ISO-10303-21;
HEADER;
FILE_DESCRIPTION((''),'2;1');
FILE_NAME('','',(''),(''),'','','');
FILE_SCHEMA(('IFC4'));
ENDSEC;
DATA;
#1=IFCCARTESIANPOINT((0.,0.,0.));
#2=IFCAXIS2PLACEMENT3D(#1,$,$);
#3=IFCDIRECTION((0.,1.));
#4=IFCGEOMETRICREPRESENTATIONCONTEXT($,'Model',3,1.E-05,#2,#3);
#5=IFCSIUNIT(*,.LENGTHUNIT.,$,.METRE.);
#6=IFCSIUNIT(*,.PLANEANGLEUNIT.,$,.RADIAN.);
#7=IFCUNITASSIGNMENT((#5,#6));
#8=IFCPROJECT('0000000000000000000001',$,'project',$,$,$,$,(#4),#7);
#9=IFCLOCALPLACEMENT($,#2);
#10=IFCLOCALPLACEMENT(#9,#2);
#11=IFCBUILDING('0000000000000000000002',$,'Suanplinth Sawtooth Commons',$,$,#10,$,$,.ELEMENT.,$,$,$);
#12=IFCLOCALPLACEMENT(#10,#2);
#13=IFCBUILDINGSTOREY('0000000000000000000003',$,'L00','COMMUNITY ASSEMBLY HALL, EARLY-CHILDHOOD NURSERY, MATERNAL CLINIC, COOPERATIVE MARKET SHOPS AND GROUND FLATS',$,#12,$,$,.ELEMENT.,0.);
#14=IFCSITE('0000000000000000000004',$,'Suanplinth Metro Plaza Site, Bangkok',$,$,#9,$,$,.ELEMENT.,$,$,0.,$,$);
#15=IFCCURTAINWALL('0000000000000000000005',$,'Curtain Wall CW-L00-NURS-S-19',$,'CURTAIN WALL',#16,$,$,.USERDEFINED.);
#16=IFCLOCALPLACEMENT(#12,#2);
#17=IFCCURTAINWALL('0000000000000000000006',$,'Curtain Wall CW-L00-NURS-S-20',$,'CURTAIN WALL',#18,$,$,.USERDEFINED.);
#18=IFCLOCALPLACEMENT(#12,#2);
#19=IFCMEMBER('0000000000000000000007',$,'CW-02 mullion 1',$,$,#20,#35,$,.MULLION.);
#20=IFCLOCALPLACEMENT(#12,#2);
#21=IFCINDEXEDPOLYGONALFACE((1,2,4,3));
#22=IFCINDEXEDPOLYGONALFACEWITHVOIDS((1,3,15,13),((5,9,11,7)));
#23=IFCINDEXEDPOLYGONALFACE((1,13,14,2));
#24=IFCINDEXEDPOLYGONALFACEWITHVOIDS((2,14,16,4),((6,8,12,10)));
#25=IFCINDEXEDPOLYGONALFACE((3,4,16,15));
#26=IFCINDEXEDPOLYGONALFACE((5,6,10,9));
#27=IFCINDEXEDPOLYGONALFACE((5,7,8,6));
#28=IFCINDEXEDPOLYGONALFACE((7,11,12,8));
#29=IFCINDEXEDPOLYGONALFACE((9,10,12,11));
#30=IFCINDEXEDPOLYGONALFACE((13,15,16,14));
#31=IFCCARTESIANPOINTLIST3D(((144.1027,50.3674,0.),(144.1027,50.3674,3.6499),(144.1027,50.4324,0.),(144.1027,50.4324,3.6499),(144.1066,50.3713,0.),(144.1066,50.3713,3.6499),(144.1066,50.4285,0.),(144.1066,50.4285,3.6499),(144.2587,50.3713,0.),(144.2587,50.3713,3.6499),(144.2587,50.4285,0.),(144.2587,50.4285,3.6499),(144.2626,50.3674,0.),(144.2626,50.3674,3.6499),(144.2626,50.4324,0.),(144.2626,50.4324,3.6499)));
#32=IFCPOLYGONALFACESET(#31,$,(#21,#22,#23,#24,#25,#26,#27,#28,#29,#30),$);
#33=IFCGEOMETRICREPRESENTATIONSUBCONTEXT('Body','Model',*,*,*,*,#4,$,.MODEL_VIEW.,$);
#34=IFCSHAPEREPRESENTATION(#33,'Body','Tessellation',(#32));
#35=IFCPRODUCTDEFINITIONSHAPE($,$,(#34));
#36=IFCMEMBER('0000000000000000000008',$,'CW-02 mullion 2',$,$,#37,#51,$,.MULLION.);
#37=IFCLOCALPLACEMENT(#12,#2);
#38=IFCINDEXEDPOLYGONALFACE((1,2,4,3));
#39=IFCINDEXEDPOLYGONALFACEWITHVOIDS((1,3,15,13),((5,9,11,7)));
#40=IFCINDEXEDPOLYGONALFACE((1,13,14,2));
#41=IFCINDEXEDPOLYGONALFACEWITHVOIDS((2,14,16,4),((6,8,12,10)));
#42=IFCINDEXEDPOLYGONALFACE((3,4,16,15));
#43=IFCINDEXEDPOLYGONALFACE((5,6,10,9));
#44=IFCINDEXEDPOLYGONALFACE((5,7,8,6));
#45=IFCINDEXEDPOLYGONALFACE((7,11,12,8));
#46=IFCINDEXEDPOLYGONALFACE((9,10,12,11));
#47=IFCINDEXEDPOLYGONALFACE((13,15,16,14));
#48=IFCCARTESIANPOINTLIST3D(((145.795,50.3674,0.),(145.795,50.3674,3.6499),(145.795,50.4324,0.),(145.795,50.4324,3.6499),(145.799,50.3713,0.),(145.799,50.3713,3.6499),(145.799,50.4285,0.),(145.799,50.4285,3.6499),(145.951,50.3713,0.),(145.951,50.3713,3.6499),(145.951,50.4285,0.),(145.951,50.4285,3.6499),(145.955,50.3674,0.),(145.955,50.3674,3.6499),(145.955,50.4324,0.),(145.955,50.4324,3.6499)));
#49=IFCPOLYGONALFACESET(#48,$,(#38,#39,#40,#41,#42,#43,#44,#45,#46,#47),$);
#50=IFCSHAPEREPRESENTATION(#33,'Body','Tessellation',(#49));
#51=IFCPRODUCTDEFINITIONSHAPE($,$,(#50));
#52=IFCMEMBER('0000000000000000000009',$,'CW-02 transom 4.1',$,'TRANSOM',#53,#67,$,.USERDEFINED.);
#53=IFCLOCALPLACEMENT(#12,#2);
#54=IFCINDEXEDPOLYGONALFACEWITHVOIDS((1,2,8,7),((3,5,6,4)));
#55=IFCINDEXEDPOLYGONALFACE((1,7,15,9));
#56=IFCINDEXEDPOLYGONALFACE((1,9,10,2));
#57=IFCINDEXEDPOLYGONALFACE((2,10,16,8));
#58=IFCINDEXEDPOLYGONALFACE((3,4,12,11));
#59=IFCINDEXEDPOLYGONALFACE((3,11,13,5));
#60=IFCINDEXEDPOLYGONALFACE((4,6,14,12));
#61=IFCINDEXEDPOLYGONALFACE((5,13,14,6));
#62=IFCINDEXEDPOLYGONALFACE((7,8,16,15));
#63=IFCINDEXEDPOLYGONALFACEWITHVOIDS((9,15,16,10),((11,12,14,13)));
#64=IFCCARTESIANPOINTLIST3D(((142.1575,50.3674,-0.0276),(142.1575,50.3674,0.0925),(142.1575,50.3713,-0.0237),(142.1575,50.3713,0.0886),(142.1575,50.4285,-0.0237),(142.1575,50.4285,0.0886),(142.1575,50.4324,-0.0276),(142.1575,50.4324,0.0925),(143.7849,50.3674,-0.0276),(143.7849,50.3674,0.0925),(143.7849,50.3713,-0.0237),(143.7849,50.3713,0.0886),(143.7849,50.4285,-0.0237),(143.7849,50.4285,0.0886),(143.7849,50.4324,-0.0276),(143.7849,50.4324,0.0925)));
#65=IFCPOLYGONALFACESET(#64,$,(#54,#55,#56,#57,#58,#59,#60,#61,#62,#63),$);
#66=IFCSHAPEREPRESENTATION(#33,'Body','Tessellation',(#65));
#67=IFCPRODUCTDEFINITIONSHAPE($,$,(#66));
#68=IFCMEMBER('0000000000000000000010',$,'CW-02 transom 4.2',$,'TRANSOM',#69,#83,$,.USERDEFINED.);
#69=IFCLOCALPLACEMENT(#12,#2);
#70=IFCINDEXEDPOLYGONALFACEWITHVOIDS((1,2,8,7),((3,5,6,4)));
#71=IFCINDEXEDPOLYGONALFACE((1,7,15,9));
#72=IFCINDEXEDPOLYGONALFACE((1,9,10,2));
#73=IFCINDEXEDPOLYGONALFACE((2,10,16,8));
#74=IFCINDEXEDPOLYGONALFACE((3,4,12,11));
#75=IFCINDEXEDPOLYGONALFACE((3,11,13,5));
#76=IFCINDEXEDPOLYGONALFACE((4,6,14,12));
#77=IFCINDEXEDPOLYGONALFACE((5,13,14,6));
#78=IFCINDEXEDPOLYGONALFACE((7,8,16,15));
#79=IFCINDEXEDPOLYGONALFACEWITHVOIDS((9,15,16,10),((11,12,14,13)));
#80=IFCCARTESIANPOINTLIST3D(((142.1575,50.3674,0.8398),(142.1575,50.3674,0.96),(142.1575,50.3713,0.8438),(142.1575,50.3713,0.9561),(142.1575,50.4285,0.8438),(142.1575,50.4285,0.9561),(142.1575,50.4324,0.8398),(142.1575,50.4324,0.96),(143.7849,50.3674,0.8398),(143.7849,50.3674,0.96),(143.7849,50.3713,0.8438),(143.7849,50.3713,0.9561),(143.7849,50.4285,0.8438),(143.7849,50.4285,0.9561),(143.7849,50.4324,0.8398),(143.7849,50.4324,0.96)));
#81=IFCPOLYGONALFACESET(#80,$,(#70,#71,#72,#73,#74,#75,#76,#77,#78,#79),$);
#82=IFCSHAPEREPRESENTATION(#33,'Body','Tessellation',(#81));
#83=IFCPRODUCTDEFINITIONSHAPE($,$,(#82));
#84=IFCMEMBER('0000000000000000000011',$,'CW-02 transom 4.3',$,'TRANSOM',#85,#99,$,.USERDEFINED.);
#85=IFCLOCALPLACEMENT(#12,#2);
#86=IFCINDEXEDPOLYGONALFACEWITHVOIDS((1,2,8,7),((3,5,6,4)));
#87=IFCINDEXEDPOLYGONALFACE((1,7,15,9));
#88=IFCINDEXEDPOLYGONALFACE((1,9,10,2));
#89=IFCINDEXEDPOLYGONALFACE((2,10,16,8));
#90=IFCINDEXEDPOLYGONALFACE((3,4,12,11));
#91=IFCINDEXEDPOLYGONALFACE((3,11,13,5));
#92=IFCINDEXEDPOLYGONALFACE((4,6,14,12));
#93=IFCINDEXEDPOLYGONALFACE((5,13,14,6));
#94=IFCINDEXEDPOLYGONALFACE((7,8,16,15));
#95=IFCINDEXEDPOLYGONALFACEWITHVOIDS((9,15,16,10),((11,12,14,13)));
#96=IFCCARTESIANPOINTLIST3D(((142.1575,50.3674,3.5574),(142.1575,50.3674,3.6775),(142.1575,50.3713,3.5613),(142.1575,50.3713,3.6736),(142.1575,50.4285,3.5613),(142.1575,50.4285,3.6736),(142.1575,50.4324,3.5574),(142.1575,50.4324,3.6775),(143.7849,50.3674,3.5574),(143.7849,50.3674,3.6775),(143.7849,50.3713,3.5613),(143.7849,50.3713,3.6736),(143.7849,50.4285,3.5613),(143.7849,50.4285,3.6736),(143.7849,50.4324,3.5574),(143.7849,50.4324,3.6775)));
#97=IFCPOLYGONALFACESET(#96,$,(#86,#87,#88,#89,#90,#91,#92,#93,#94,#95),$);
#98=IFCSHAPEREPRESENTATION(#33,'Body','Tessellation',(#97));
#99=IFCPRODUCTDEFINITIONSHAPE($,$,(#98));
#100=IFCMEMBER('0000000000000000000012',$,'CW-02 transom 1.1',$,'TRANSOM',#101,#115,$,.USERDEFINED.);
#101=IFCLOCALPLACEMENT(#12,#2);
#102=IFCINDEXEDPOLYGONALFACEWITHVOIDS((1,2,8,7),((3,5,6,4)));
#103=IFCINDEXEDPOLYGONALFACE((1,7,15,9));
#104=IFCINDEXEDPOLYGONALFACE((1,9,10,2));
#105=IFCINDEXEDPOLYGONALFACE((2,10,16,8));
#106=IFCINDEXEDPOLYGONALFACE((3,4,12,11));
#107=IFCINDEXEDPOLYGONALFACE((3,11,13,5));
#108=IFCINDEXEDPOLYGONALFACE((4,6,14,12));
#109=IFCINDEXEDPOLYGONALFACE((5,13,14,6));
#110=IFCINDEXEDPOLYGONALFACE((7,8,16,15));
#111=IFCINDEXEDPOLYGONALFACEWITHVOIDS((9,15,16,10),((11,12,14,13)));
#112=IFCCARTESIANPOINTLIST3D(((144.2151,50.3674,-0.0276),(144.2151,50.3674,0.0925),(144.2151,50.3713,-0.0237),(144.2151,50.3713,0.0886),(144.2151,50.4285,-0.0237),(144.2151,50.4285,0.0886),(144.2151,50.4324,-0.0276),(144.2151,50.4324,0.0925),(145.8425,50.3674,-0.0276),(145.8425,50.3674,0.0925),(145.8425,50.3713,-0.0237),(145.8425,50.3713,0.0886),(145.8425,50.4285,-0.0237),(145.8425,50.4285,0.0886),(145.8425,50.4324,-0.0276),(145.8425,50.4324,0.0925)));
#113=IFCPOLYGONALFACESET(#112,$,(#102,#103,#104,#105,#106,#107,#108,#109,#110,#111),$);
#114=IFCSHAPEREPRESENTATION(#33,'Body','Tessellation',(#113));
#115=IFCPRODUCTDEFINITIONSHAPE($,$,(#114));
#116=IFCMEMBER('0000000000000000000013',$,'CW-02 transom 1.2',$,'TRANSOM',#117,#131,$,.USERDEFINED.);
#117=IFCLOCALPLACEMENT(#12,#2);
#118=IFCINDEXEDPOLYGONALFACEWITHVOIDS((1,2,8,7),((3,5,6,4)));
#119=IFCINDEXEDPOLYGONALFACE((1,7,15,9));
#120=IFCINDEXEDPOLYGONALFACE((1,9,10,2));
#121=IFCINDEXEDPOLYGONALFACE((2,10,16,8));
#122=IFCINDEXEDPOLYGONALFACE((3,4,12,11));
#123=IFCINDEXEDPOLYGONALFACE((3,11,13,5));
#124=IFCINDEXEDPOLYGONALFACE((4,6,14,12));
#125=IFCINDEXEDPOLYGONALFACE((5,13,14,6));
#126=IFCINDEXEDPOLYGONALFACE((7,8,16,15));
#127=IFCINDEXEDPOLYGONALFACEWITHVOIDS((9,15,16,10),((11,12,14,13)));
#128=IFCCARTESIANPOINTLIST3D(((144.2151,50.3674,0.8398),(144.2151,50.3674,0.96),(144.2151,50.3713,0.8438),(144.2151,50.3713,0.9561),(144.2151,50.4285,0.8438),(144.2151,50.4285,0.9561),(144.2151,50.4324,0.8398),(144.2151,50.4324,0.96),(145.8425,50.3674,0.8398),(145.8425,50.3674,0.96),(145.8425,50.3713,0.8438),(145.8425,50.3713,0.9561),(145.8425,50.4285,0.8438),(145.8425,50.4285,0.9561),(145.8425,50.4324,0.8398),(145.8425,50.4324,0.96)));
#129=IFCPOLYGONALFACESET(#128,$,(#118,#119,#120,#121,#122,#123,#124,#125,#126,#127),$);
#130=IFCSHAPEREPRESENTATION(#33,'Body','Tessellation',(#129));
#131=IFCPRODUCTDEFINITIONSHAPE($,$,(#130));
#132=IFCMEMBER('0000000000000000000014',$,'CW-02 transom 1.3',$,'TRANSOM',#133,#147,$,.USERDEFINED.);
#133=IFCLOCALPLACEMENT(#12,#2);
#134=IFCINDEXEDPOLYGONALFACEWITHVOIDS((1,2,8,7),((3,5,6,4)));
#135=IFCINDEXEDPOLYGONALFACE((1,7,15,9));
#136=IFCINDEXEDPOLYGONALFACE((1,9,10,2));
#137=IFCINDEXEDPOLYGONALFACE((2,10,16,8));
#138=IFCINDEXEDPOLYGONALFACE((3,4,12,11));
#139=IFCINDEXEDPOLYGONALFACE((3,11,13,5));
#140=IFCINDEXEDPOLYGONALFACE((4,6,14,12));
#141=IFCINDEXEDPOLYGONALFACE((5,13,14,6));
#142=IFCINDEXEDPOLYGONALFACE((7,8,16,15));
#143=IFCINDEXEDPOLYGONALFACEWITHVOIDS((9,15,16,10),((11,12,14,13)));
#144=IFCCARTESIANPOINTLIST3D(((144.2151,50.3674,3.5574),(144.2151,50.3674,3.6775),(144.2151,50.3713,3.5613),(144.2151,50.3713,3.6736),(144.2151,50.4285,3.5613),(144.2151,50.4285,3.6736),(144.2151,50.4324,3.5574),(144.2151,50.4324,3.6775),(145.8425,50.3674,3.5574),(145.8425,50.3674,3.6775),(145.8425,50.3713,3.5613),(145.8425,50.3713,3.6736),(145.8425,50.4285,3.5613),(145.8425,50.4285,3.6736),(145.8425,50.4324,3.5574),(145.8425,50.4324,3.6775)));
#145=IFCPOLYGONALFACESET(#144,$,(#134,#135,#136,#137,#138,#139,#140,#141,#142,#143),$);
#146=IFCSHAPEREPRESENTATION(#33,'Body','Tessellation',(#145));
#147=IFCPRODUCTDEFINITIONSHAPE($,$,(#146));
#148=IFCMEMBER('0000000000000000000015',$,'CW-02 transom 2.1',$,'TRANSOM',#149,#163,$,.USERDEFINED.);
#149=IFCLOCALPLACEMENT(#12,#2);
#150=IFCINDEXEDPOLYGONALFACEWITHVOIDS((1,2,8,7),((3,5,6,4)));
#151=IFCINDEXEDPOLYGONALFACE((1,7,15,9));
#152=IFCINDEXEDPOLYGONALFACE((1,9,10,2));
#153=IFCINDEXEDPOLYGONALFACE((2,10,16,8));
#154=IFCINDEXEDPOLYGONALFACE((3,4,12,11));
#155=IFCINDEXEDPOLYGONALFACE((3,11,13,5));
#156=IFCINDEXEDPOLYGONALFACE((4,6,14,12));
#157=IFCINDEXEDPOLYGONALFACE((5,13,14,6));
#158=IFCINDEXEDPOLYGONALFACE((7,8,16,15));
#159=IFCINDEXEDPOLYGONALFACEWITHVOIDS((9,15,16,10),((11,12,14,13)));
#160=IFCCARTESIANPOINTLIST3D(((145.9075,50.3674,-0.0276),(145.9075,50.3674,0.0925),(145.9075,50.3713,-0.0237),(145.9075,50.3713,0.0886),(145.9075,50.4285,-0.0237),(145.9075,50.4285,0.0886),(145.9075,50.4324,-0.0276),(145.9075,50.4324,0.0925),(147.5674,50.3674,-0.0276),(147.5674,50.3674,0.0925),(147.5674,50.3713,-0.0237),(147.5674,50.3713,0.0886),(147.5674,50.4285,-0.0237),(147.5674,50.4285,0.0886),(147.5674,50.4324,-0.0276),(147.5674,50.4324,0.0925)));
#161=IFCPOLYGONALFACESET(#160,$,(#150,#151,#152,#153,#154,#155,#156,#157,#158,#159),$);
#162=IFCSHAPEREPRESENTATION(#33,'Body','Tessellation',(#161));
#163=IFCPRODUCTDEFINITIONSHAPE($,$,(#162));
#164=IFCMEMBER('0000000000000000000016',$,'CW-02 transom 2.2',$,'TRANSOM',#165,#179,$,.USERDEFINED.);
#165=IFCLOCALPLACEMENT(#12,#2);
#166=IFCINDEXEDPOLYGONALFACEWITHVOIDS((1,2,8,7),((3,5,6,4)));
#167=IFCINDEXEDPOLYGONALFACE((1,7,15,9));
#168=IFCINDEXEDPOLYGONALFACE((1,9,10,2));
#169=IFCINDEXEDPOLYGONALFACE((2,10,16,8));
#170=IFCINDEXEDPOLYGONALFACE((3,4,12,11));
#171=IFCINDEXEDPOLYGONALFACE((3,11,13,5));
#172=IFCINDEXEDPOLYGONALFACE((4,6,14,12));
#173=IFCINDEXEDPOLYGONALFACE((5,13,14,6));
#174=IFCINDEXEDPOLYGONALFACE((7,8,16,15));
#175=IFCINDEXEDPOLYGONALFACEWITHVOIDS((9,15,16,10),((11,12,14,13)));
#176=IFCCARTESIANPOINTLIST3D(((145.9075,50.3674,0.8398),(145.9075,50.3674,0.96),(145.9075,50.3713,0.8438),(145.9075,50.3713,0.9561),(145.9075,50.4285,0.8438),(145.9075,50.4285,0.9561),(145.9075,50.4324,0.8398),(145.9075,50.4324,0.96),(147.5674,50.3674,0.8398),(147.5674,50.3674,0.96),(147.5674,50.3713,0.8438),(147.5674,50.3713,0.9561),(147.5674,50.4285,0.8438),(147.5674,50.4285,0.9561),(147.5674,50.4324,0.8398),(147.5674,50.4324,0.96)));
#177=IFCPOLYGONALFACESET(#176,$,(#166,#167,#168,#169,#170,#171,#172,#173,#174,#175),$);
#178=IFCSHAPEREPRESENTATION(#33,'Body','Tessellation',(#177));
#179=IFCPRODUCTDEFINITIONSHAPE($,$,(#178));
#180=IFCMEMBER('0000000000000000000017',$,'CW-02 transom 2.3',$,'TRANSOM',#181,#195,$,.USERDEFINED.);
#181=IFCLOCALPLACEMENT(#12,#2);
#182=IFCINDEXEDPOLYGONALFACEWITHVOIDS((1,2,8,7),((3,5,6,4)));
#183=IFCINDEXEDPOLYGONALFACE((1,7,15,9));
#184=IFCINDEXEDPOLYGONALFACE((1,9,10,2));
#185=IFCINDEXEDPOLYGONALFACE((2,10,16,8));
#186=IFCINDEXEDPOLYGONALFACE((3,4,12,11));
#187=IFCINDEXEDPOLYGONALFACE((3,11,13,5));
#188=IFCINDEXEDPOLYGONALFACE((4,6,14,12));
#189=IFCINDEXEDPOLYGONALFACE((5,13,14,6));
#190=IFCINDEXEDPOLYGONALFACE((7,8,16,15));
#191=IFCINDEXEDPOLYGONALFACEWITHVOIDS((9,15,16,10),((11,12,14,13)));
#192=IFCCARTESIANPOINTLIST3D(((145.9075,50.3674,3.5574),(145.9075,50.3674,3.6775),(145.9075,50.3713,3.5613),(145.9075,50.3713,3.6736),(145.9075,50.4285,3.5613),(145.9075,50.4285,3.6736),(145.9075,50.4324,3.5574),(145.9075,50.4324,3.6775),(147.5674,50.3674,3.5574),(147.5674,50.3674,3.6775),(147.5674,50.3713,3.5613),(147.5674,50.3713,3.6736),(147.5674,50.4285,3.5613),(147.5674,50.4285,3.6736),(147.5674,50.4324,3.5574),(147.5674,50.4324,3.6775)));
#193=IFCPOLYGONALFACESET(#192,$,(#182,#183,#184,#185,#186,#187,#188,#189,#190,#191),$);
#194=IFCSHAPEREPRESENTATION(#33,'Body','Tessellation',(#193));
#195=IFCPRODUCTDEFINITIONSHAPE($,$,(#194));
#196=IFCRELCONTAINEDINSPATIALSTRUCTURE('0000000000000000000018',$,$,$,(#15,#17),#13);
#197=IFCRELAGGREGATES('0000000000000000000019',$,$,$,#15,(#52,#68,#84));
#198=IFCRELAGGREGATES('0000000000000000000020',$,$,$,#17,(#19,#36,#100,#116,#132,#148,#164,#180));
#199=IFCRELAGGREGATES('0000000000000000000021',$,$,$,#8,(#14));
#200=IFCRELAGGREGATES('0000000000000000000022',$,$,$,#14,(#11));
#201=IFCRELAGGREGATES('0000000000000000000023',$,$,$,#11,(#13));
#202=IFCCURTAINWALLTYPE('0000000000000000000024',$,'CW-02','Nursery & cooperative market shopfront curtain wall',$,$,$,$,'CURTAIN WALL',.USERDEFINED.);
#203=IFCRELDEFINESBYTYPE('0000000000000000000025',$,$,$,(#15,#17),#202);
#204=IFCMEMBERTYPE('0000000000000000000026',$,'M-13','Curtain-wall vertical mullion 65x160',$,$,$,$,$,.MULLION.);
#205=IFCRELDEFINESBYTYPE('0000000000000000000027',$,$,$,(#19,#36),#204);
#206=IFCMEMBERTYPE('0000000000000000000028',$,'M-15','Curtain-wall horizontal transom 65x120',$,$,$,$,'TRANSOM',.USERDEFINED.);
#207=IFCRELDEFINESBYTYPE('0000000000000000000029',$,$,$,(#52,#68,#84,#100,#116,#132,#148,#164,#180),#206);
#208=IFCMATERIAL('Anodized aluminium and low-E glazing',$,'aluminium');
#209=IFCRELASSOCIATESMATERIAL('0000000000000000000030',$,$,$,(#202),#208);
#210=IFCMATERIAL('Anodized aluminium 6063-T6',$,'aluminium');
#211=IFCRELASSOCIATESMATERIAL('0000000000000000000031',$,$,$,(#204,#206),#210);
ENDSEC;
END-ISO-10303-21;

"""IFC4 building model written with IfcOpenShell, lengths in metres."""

from ifc_helpers import new_model, si_unit, direction, frame, origin, origin_2d, place, context, subcontext, project, spatial, hollow_rectangle, extrude, material, material_profile, profile_set, type_object, element, aggregate, save


model = new_model("IFC4")

# Units and contexts
model_context = context("Model", 3, precision=1e-05, world=origin(), true_north=direction((0.0, 1.0)))
body_context = subcontext(model_context, "Body", "Model", "MODEL_VIEW")
ifc_project = project(units=[si_unit("LENGTHUNIT", "METRE"), si_unit("PLANEANGLEUNIT", "RADIAN")], contexts=[model_context])

# Site, building, storey
site_placement = place(None, origin())
site = spatial("IfcSite", under=ifc_project, at=site_placement, Name="Suanplinth Metro Plaza Site, Bangkok", CompositionType="ELEMENT", RefElevation=0.0)
building_placement = place(site_placement, origin())
building = spatial("IfcBuilding", under=site, at=building_placement, Name="Suanplinth Sawtooth Commons", CompositionType="ELEMENT")
storey_placement = place(building_placement, origin())
storey = spatial("IfcBuildingStorey", under=building, at=storey_placement, Name="L00", Description="COMMUNITY ASSEMBLY HALL, EARLY-CHILDHOOD NURSERY, MATERNAL CLINIC, COOPERATIVE MARKET SHOPS AND GROUND FLATS", CompositionType="ELEMENT", Elevation=0.0)

# Curtain walls, members
ifc_material_1 = material(Name="Anodized aluminium and low-E glazing", Category="aluminium")
curtain_wall_type = type_object("IfcCurtainWallType", Name="CW-02", Description="Nursery & cooperative market shopfront curtain wall", ElementType="CURTAIN WALL", PredefinedType="USERDEFINED", material=ifc_material_1)
curtain_wall_1_placement = place(storey_placement, origin())
curtain_wall_1 = element("IfcCurtainWall", 1, at=curtain_wall_1_placement, inside=storey, type_object=curtain_wall_type, Name="Curtain Wall CW-L00-NURS-S-19", ObjectType="CURTAIN WALL", PredefinedType="USERDEFINED")
ifc_material_2 = material(Name="Anodized aluminium 6063-T6", Category="aluminium")
ifc_material_profile_1 = material_profile(ifc_material_2, hollow_rectangle(XDim=0.0649, YDim=0.1599, WallThickness=0.0039, at=origin_2d()), Name="ALU-MUL 65x160")
ifc_profile_set_1 = profile_set([ifc_material_profile_1], Name="Anodized aluminium 6063-T6")
member_type_1 = type_object("IfcMemberType", Name="M-13", Description="Curtain-wall vertical mullion 65x160", PredefinedType="MULLION", material=ifc_profile_set_1)
curtain_wall_2_placement = place(storey_placement, origin())
curtain_wall_2 = element("IfcCurtainWall", 2, at=curtain_wall_2_placement, inside=storey, type_object=curtain_wall_type, Name="Curtain Wall CW-L00-NURS-S-20", ObjectType="CURTAIN WALL", PredefinedType="USERDEFINED")
member_1_placement = place(storey_placement, frame((144.1826, 50.3999, 0.0), z_axis=(0.0, 0.0, 1.0), x_axis=(0.0, 1.0, 0.0)))
member_1 = element("IfcMember", 3, at=member_1_placement, type_object=member_type_1, Name="CW-02 mullion 1", PredefinedType="MULLION", context=body_context, shape_type="SweptSolid", body=[
    extrude(hollow_rectangle(XDim=0.0649, YDim=0.1599, WallThickness=0.0039, at=origin_2d()), origin(), (0.0, 0.0, 1.0), 3.6499),
])
member_2_placement = place(storey_placement, frame((145.875, 50.3999, 0.0), z_axis=(0.0, 0.0, 1.0), x_axis=(0.0, 1.0, 0.0)))
member_2 = element("IfcMember", 4, at=member_2_placement, type_object=member_type_1, Name="CW-02 mullion 2", PredefinedType="MULLION", context=body_context, shape_type="SweptSolid", body=[
    extrude(hollow_rectangle(XDim=0.0649, YDim=0.1599, WallThickness=0.0039, at=origin_2d()), origin(), (0.0, 0.0, 1.0), 3.6499),
])

# Members
ifc_material_profile_2 = material_profile(ifc_material_2, hollow_rectangle(XDim=0.0649, YDim=0.1201, WallThickness=0.0039, at=origin_2d()), Name="ALU-TRN 65x120")
ifc_profile_set_2 = profile_set([ifc_material_profile_2], Name="Anodized aluminium 6063-T6")
member_type_2 = type_object("IfcMemberType", Name="M-15", Description="Curtain-wall horizontal transom 65x120", ElementType="TRANSOM", PredefinedType="USERDEFINED", material=ifc_profile_set_2)
member_3_placement = place(storey_placement, frame((142.1575, 50.3999, 0.0325), z_axis=(1.0, 0.0, 0.0), x_axis=(0.0, 1.0, 0.0)))
member_3 = element("IfcMember", 5, at=member_3_placement, type_object=member_type_2, Name="CW-02 transom 4.1", ObjectType="TRANSOM", PredefinedType="USERDEFINED", context=body_context, shape_type="SweptSolid", body=[
    extrude(hollow_rectangle(XDim=0.0649, YDim=0.1201, WallThickness=0.0039, at=origin_2d()), origin(), (0.0, 0.0, 1.0), 1.6274),
])
member_4_placement = place(storey_placement, frame((142.1575, 50.3999, 0.8999), z_axis=(1.0, 0.0, 0.0), x_axis=(0.0, 1.0, 0.0)))
member_4 = element("IfcMember", 6, at=member_4_placement, type_object=member_type_2, Name="CW-02 transom 4.2", ObjectType="TRANSOM", PredefinedType="USERDEFINED", context=body_context, shape_type="SweptSolid", body=[
    extrude(hollow_rectangle(XDim=0.0649, YDim=0.1201, WallThickness=0.0039, at=origin_2d()), origin(), (0.0, 0.0, 1.0), 1.6274),
])
member_5_placement = place(storey_placement, frame((142.1575, 50.3999, 3.6174), z_axis=(1.0, 0.0, 0.0), x_axis=(0.0, 1.0, 0.0)))
member_5 = element("IfcMember", 7, at=member_5_placement, type_object=member_type_2, Name="CW-02 transom 4.3", ObjectType="TRANSOM", PredefinedType="USERDEFINED", context=body_context, shape_type="SweptSolid", body=[
    extrude(hollow_rectangle(XDim=0.0649, YDim=0.1201, WallThickness=0.0039, at=origin_2d()), origin(), (0.0, 0.0, 1.0), 1.6274),
])
member_6_placement = place(storey_placement, frame((144.2151, 50.3999, 0.0325), z_axis=(1.0, 0.0, 0.0), x_axis=(0.0, 1.0, 0.0)))
member_6 = element("IfcMember", 8, at=member_6_placement, type_object=member_type_2, Name="CW-02 transom 1.1", ObjectType="TRANSOM", PredefinedType="USERDEFINED", context=body_context, shape_type="SweptSolid", body=[
    extrude(hollow_rectangle(XDim=0.0649, YDim=0.1201, WallThickness=0.0039, at=origin_2d()), origin(), (0.0, 0.0, 1.0), 1.6274),
])
member_7_placement = place(storey_placement, frame((144.2151, 50.3999, 0.8999), z_axis=(1.0, 0.0, 0.0), x_axis=(0.0, 1.0, 0.0)))
member_7 = element("IfcMember", 9, at=member_7_placement, type_object=member_type_2, Name="CW-02 transom 1.2", ObjectType="TRANSOM", PredefinedType="USERDEFINED", context=body_context, shape_type="SweptSolid", body=[
    extrude(hollow_rectangle(XDim=0.0649, YDim=0.1201, WallThickness=0.0039, at=origin_2d()), origin(), (0.0, 0.0, 1.0), 1.6274),
])
member_8_placement = place(storey_placement, frame((144.2151, 50.3999, 3.6174), z_axis=(1.0, 0.0, 0.0), x_axis=(0.0, 1.0, 0.0)))
member_8 = element("IfcMember", 10, at=member_8_placement, type_object=member_type_2, Name="CW-02 transom 1.3", ObjectType="TRANSOM", PredefinedType="USERDEFINED", context=body_context, shape_type="SweptSolid", body=[
    extrude(hollow_rectangle(XDim=0.0649, YDim=0.1201, WallThickness=0.0039, at=origin_2d()), origin(), (0.0, 0.0, 1.0), 1.6274),
])
member_9_placement = place(storey_placement, frame((145.9075, 50.3999, 0.0325), z_axis=(1.0, 0.0, 0.0), x_axis=(0.0, 1.0, 0.0)))
member_9 = element("IfcMember", 11, at=member_9_placement, type_object=member_type_2, Name="CW-02 transom 2.1", ObjectType="TRANSOM", PredefinedType="USERDEFINED", context=body_context, shape_type="SweptSolid", body=[
    extrude(hollow_rectangle(XDim=0.0649, YDim=0.1201, WallThickness=0.0039, at=origin_2d()), origin(), (0.0, 0.0, 1.0), 1.6599),
])
member_10_placement = place(storey_placement, frame((145.9075, 50.3999, 0.8999), z_axis=(1.0, 0.0, 0.0), x_axis=(0.0, 1.0, 0.0)))
member_10 = element("IfcMember", 12, at=member_10_placement, type_object=member_type_2, Name="CW-02 transom 2.2", ObjectType="TRANSOM", PredefinedType="USERDEFINED", context=body_context, shape_type="SweptSolid", body=[
    extrude(hollow_rectangle(XDim=0.0649, YDim=0.1201, WallThickness=0.0039, at=origin_2d()), origin(), (0.0, 0.0, 1.0), 1.6599),
])
member_11_placement = place(storey_placement, frame((145.9075, 50.3999, 3.6174), z_axis=(1.0, 0.0, 0.0), x_axis=(0.0, 1.0, 0.0)))
member_11 = element("IfcMember", 13, at=member_11_placement, type_object=member_type_2, Name="CW-02 transom 2.3", ObjectType="TRANSOM", PredefinedType="USERDEFINED", context=body_context, shape_type="SweptSolid", body=[
    extrude(hollow_rectangle(XDim=0.0649, YDim=0.1201, WallThickness=0.0039, at=origin_2d()), origin(), (0.0, 0.0, 1.0), 1.6599),
])

aggregate(curtain_wall_1, [member_3, member_4, member_5])
aggregate(curtain_wall_2, [member_1, member_2, member_6, member_7, member_8, member_9, member_10, member_11])

save(model, "model.ifc")
